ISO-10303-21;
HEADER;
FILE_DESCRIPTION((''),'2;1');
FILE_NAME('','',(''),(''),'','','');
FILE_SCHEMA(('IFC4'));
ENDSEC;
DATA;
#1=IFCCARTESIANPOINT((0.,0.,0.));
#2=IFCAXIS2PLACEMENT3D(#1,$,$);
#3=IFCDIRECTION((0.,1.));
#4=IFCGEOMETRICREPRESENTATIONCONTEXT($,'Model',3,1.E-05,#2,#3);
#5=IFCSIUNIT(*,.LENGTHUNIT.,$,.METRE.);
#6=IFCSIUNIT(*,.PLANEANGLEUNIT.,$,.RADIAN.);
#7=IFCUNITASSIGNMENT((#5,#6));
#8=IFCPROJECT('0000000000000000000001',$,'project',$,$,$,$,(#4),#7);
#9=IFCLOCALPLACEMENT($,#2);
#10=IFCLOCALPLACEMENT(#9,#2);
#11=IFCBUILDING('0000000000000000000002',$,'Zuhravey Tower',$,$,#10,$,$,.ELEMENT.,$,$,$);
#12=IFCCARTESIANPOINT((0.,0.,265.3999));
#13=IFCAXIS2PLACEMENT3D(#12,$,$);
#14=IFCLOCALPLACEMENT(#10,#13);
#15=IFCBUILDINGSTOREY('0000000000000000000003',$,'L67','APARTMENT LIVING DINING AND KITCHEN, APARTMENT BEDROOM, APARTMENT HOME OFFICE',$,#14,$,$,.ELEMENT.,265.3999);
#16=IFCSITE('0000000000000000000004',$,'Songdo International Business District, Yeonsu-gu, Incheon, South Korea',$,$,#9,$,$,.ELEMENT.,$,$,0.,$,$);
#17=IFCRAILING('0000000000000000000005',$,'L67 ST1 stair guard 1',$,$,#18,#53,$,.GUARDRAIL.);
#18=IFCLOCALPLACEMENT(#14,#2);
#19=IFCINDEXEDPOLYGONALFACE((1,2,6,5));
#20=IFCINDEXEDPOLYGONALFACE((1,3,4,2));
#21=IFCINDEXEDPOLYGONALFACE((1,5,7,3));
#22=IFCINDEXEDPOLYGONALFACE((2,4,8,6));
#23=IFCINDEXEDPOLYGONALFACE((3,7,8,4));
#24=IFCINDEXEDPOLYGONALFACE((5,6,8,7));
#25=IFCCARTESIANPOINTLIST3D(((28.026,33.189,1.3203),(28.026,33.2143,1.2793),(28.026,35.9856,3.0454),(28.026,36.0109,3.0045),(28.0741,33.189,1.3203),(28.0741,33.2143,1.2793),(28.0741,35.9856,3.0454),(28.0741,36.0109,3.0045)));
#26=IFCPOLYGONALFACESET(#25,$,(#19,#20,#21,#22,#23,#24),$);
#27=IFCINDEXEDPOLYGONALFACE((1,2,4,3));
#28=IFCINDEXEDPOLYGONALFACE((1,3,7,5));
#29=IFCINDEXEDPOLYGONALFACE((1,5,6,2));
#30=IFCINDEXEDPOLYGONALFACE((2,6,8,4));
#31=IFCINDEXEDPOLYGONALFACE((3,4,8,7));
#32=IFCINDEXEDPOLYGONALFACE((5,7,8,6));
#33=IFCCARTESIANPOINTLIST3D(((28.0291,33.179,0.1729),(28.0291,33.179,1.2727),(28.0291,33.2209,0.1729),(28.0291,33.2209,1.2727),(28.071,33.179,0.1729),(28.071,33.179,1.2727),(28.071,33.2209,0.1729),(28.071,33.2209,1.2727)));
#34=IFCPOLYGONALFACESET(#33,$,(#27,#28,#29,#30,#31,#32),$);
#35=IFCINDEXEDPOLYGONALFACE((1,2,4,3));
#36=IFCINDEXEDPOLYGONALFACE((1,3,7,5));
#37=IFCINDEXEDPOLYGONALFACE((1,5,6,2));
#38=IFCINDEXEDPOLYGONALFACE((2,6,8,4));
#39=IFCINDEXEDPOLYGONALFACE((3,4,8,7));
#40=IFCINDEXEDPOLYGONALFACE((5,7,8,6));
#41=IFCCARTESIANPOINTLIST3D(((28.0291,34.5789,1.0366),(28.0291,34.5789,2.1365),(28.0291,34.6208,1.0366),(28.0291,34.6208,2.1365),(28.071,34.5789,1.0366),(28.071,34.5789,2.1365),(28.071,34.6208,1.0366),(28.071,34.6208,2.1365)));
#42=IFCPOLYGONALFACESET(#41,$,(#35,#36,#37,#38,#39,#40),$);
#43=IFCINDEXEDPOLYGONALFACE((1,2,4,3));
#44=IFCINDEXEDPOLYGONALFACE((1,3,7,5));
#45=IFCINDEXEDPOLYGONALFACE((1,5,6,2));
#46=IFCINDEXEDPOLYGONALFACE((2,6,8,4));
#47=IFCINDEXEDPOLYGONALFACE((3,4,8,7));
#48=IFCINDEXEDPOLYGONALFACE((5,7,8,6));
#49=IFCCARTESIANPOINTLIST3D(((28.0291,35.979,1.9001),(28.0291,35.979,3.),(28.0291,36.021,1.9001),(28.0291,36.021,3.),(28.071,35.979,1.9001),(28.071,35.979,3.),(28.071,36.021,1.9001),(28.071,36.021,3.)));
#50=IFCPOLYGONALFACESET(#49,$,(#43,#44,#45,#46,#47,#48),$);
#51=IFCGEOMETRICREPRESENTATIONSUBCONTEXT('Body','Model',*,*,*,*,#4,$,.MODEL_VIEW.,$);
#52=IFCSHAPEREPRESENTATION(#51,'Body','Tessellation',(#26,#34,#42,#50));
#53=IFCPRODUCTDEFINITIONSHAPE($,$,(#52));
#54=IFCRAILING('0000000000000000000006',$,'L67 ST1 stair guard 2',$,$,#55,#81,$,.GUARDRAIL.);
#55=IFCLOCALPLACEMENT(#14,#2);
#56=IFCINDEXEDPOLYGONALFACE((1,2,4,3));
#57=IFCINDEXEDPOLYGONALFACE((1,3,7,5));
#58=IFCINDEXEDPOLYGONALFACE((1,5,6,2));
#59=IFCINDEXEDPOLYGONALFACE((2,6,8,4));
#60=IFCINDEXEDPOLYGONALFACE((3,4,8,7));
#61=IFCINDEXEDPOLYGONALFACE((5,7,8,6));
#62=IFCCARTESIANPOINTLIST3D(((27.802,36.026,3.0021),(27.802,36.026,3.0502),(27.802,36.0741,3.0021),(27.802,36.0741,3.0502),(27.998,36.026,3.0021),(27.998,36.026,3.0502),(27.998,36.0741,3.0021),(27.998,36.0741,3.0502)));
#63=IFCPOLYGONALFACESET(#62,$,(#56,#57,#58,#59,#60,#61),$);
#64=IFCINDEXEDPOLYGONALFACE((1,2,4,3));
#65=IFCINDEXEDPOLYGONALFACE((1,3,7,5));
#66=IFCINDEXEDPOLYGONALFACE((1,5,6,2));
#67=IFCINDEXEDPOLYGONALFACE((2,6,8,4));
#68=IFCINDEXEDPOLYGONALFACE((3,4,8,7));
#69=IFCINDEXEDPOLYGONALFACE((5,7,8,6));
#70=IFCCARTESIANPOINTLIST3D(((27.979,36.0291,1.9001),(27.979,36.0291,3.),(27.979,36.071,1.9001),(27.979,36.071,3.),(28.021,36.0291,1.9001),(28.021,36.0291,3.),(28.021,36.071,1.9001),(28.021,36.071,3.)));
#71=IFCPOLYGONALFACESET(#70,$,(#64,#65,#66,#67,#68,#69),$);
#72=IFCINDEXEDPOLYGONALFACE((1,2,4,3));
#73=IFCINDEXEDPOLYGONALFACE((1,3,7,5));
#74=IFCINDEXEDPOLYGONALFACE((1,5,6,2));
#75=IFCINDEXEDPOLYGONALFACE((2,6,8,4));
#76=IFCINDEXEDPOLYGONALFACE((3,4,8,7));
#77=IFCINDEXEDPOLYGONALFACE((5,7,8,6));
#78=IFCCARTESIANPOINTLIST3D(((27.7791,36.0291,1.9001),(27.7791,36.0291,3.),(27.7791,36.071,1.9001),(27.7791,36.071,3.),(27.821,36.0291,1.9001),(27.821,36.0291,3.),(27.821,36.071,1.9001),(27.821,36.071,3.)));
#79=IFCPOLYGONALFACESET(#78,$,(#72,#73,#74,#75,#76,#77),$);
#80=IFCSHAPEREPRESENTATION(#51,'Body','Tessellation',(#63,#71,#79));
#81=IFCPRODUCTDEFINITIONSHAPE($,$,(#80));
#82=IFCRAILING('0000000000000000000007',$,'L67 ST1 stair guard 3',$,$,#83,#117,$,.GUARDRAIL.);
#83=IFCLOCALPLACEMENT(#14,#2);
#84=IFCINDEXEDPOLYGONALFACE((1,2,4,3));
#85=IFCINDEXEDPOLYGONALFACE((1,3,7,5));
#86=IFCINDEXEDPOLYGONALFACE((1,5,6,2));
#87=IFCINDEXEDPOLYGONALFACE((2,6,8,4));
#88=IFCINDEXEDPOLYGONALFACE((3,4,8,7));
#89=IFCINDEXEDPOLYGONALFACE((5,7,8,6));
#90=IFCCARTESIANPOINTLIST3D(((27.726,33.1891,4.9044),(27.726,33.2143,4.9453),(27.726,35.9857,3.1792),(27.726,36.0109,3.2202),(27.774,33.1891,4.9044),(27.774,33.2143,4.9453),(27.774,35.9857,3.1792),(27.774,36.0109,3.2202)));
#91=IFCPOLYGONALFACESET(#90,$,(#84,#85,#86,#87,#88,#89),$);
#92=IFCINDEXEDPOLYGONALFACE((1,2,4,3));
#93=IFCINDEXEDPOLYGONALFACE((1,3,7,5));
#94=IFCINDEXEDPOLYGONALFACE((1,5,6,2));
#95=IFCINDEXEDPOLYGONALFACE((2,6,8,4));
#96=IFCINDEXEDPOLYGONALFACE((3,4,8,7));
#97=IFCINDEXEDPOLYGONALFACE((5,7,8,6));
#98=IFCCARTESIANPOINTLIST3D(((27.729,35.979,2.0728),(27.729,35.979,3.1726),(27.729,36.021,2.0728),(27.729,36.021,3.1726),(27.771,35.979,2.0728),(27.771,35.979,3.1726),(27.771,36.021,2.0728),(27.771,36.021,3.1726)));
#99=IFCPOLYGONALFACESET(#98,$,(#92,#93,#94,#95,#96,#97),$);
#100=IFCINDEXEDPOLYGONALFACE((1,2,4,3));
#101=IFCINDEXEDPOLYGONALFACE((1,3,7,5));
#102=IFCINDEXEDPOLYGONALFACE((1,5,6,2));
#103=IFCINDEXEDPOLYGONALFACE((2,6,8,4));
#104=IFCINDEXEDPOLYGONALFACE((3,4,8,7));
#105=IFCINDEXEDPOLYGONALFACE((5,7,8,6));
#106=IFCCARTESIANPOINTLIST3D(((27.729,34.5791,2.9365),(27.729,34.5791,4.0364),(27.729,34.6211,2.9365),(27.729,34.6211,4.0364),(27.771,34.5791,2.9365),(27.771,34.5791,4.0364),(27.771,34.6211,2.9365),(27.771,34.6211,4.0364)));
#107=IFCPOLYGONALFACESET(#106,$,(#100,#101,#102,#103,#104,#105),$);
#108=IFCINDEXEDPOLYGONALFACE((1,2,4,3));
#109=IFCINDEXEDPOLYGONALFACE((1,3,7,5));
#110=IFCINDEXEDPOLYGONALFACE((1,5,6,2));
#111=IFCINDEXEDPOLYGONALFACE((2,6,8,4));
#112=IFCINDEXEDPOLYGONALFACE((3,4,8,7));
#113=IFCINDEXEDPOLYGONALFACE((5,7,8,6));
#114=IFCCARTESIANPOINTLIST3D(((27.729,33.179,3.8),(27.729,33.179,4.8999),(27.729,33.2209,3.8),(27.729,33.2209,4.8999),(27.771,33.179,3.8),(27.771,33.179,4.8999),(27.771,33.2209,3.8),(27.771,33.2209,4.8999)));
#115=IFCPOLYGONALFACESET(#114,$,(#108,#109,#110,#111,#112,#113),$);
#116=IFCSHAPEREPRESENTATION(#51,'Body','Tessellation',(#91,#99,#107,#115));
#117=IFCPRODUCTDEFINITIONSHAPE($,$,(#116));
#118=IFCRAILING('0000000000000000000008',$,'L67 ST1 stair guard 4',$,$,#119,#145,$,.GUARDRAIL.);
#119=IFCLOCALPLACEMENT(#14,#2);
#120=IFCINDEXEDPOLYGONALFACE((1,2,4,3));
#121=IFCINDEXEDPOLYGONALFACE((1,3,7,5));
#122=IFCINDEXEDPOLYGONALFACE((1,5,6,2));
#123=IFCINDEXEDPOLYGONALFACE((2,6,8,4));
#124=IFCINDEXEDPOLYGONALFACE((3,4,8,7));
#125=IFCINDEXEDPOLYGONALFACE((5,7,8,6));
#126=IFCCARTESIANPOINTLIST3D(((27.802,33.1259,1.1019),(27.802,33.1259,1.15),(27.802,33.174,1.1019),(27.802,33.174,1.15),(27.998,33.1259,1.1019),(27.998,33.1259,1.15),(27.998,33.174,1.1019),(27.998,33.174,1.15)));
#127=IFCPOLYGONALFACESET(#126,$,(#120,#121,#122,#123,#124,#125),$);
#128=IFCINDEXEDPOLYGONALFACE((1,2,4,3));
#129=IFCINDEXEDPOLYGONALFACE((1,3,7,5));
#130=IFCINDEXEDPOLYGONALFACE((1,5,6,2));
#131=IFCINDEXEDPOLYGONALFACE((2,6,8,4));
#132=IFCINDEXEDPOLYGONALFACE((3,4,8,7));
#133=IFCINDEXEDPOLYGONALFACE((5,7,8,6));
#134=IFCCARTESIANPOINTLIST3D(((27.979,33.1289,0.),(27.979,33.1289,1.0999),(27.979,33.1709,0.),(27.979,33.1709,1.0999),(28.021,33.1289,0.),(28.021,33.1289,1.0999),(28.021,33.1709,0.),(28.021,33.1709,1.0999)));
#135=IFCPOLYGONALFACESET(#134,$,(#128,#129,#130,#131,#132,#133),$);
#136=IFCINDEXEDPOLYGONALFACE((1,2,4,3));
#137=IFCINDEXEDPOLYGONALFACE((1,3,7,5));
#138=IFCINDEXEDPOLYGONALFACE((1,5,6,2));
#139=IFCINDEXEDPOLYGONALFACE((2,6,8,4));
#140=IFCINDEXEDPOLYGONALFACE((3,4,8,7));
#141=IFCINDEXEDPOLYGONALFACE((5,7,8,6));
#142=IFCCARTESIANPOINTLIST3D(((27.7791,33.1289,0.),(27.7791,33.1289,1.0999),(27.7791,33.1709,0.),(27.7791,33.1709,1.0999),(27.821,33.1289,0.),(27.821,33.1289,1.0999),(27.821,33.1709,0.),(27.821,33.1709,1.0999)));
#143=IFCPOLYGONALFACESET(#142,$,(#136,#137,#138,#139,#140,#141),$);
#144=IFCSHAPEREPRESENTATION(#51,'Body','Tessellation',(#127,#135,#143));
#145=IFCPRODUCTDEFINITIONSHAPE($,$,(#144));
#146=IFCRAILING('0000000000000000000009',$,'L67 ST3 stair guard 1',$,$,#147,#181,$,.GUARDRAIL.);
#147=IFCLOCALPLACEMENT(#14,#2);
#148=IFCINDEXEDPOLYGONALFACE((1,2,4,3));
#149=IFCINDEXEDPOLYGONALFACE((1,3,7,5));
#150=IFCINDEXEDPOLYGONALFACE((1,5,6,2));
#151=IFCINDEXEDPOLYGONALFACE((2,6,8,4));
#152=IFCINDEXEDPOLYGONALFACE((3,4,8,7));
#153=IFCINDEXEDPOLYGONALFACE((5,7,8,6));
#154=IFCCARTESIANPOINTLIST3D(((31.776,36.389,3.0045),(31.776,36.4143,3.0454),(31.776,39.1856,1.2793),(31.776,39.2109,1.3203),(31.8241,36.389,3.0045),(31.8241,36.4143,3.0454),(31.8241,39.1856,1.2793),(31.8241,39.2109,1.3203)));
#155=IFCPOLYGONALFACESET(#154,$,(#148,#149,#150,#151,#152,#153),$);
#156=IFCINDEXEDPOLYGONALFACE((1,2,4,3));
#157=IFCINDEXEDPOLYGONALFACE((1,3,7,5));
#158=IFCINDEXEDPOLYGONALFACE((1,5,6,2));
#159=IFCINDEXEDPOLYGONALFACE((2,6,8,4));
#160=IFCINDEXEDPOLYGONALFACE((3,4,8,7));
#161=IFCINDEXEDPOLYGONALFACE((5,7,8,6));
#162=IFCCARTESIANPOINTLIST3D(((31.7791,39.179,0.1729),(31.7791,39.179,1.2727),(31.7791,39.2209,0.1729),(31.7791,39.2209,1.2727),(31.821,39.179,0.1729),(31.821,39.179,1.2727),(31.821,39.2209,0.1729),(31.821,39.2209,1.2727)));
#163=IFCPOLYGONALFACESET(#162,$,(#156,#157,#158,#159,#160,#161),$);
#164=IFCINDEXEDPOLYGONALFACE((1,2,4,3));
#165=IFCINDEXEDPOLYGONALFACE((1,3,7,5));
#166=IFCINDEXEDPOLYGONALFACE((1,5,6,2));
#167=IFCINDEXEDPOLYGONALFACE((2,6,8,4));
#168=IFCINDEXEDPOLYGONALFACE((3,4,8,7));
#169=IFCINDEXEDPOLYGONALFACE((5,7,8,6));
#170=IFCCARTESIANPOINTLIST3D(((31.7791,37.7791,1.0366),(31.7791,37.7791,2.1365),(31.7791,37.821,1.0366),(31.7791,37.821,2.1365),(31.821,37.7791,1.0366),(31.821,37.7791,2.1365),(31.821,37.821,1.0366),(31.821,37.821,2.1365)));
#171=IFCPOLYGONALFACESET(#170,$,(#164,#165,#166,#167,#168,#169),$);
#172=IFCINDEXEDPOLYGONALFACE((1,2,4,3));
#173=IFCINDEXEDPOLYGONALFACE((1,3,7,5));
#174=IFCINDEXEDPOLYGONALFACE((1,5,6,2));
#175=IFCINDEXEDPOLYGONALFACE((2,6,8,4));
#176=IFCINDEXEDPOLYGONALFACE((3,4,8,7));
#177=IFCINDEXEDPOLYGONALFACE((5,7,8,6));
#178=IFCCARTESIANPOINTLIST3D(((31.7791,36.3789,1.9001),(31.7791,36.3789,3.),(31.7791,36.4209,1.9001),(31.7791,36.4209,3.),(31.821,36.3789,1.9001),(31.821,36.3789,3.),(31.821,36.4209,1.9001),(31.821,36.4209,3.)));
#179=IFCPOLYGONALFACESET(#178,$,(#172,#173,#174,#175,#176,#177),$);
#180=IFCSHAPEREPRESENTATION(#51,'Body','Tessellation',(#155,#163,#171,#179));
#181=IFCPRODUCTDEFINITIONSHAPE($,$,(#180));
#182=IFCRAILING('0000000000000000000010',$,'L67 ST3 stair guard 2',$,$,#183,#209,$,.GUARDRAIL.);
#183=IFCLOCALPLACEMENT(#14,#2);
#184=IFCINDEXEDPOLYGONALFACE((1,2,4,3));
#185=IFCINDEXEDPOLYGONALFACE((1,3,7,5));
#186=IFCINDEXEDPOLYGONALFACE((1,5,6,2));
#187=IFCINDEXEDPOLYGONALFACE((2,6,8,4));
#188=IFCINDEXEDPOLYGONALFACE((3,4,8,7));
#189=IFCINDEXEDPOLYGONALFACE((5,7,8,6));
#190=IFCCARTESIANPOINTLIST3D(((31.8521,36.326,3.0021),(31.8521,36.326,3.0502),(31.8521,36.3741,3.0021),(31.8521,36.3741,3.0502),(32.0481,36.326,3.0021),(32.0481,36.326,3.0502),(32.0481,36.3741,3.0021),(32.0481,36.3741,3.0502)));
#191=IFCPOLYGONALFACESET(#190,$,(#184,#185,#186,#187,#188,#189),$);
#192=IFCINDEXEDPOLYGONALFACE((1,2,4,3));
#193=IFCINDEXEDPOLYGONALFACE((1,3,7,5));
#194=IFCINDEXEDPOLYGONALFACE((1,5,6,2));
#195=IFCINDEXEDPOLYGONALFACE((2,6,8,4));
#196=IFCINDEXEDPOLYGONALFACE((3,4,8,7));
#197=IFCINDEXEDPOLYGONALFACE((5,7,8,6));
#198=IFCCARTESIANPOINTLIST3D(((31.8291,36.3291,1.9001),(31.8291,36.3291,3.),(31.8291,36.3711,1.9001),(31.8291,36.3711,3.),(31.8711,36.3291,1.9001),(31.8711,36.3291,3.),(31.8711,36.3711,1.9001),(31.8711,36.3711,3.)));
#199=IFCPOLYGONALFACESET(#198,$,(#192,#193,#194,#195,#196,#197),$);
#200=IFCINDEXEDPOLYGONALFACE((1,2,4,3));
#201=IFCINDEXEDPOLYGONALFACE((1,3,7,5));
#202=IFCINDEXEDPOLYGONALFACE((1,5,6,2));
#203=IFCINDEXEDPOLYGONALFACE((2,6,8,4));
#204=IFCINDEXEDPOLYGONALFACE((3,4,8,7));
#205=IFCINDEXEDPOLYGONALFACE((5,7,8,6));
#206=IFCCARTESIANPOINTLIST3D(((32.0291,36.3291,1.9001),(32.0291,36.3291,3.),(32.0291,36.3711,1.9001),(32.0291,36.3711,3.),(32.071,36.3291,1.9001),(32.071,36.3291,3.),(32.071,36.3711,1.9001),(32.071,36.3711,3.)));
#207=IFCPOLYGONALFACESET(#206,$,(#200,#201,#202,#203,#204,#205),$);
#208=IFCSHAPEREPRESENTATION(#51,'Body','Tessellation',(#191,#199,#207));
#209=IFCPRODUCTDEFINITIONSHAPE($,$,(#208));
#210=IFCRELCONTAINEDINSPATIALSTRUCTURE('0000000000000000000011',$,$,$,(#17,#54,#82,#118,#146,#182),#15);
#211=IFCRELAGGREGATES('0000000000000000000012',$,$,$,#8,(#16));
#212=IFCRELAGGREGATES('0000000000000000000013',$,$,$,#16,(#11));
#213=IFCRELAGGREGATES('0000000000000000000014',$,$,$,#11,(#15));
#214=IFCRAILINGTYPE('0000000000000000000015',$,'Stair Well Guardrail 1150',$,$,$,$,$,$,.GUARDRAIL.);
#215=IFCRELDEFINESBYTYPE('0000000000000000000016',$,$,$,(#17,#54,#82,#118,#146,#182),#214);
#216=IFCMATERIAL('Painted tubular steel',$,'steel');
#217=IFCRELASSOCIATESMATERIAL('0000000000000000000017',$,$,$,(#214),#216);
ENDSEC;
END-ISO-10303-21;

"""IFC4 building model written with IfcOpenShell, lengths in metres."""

from ifc_helpers import new_model, si_unit, direction, frame, origin, origin_2d, place, context, subcontext, project, spatial, rectangle, extrude, material, type_object, element, save


model = new_model("IFC4")

# Units and contexts
model_context = context("Model", 3, precision=1e-05, world=origin(), true_north=direction((0.0, 1.0)))
body_context = subcontext(model_context, "Body", "Model", "MODEL_VIEW")
ifc_project = project(units=[si_unit("LENGTHUNIT", "METRE"), si_unit("PLANEANGLEUNIT", "RADIAN")], contexts=[model_context])

# Site, building, storey
site_placement = place(None, origin())
site = spatial("IfcSite", under=ifc_project, at=site_placement, Name="Songdo International Business District, Yeonsu-gu, Incheon, South Korea", CompositionType="ELEMENT", RefElevation=0.0)
building_placement = place(site_placement, origin())
building = spatial("IfcBuilding", under=site, at=building_placement, Name="Zuhravey Tower", CompositionType="ELEMENT")
storey_placement = place(building_placement, frame((0.0, 0.0, 265.3999)))
storey = spatial("IfcBuildingStorey", under=building, at=storey_placement, Name="L67", Description="APARTMENT LIVING DINING AND KITCHEN, APARTMENT BEDROOM, APARTMENT HOME OFFICE", CompositionType="ELEMENT", Elevation=265.3999)

# Railings
ifc_material_1 = material(Name="Painted tubular steel", Category="steel")
railing_type_1 = type_object("IfcRailingType", Name="Stair Well Guardrail 1150", PredefinedType="GUARDRAIL", material=ifc_material_1)
railing_1_placement = place(storey_placement, frame((28.05, 33.2, 0.1729)))
element("IfcRailing", 1, at=railing_1_placement, inside=storey, type_object=railing_type_1, Name="L67 ST1 stair guard 1", PredefinedType="GUARDRAIL", context=body_context, shape_type="SweptSolid", body=[
    extrude(rectangle(XDim=0.0481, YDim=0.0481, at=origin_2d()), frame((0.0, 0.0017, 1.127), z_axis=(0.0, 0.85109, 0.52502), x_axis=(-1.0, 0.0, 0.0)), (0.0, 0.0, 1.0), 3.2859),
    extrude(rectangle(XDim=0.042, YDim=0.042, at=origin_2d()), origin(), (0.0, 0.0, 1.0), 1.0999),
    extrude(rectangle(XDim=0.042, YDim=0.042, at=origin_2d()), frame((0.0, 1.3999, 0.8638)), (0.0, 0.0, 1.0), 1.0999),
    extrude(rectangle(XDim=0.042, YDim=0.042, at=origin_2d()), frame((0.0, 2.8, 1.7273)), (0.0, 0.0, 1.0), 1.0999),
])
railing_2_placement = place(storey_placement, frame((28.0, 36.05, 1.9001)))
element("IfcRailing", 2, at=railing_2_placement, inside=storey, type_object=railing_type_1, Name="L67 ST1 stair guard 2", PredefinedType="GUARDRAIL", context=body_context, shape_type="SweptSolid", body=[
    extrude(rectangle(XDim=0.0481, YDim=0.0481, at=origin_2d()), frame((-0.002, 0.0, 1.126), z_axis=(-1.0, 0.0, 0.0), x_axis=(0.0, -1.0, 0.0)), (0.0, 0.0, 1.0), 0.196),
    extrude(rectangle(XDim=0.042, YDim=0.042, at=origin_2d()), origin(), (0.0, 0.0, 1.0), 1.0999),
    extrude(rectangle(XDim=0.042, YDim=0.042, at=origin_2d()), frame((-0.2, 0.0, 0.0)), (0.0, 0.0, 1.0), 1.0999),
])
railing_3_placement = place(storey_placement, frame((27.75, 36.0, 2.0728)))
element("IfcRailing", 3, at=railing_3_placement, inside=storey, type_object=railing_type_1, Name="L67 ST1 stair guard 3", PredefinedType="GUARDRAIL", context=body_context, shape_type="SweptSolid", body=[
    extrude(rectangle(XDim=0.0481, YDim=0.0481, at=origin_2d()), frame((0.0, -0.0017, 1.127), z_axis=(0.0, -0.85109, 0.52502), x_axis=(1.0, 0.0, 0.0)), (0.0, 0.0, 1.0), 3.2859),
    extrude(rectangle(XDim=0.042, YDim=0.042, at=origin_2d()), origin(), (0.0, 0.0, 1.0), 1.0999),
    extrude(rectangle(XDim=0.042, YDim=0.042, at=origin_2d()), frame((0.0, -1.3999, 0.8638)), (0.0, 0.0, 1.0), 1.0999),
    extrude(rectangle(XDim=0.042, YDim=0.042, at=origin_2d()), frame((0.0, -2.8, 1.7273)), (0.0, 0.0, 1.0), 1.0999),
])
railing_4_placement = place(storey_placement, frame((28.0, 33.1499, 0.0)))
element("IfcRailing", 4, at=railing_4_placement, inside=storey, type_object=railing_type_1, Name="L67 ST1 stair guard 4", PredefinedType="GUARDRAIL", context=body_context, shape_type="SweptSolid", body=[
    extrude(rectangle(XDim=0.0481, YDim=0.0481, at=origin_2d()), frame((-0.002, 0.0, 1.126), z_axis=(-1.0, 0.0, 0.0), x_axis=(0.0, -1.0, 0.0)), (0.0, 0.0, 1.0), 0.196),
    extrude(rectangle(XDim=0.042, YDim=0.042, at=origin_2d()), origin(), (0.0, 0.0, 1.0), 1.0999),
    extrude(rectangle(XDim=0.042, YDim=0.042, at=origin_2d()), frame((-0.2, 0.0, 0.0)), (0.0, 0.0, 1.0), 1.0999),
])
railing_5_placement = place(storey_placement, frame((31.8, 39.2, 0.1729)))
element("IfcRailing", 5, at=railing_5_placement, inside=storey, type_object=railing_type_1, Name="L67 ST3 stair guard 1", PredefinedType="GUARDRAIL", context=body_context, shape_type="SweptSolid", body=[
    extrude(rectangle(XDim=0.0481, YDim=0.0481, at=origin_2d()), frame((0.0, -0.0017, 1.127), z_axis=(0.0, -0.85109, 0.52502), x_axis=(1.0, 0.0, 0.0)), (0.0, 0.0, 1.0), 3.2859),
    extrude(rectangle(XDim=0.042, YDim=0.042, at=origin_2d()), origin(), (0.0, 0.0, 1.0), 1.0999),
    extrude(rectangle(XDim=0.042, YDim=0.042, at=origin_2d()), frame((0.0, -1.3999, 0.8638)), (0.0, 0.0, 1.0), 1.0999),
    extrude(rectangle(XDim=0.042, YDim=0.042, at=origin_2d()), frame((0.0, -2.8, 1.7273)), (0.0, 0.0, 1.0), 1.0999),
])
railing_6_placement = place(storey_placement, frame((31.8501, 36.3501, 1.9001)))
element("IfcRailing", 6, at=railing_6_placement, inside=storey, type_object=railing_type_1, Name="L67 ST3 stair guard 2", PredefinedType="GUARDRAIL", context=body_context, shape_type="SweptSolid", body=[
    extrude(rectangle(XDim=0.0481, YDim=0.0481, at=origin_2d()), frame((0.002, 0.0, 1.126), z_axis=(1.0, 0.0, 0.0), x_axis=(0.0, 1.0, 0.0)), (0.0, 0.0, 1.0), 0.196),
    extrude(rectangle(XDim=0.042, YDim=0.042, at=origin_2d()), origin(), (0.0, 0.0, 1.0), 1.0999),
    extrude(rectangle(XDim=0.042, YDim=0.042, at=origin_2d()), frame((0.2, 0.0, 0.0)), (0.0, 0.0, 1.0), 1.0999),
])

save(model, "model.ifc")
